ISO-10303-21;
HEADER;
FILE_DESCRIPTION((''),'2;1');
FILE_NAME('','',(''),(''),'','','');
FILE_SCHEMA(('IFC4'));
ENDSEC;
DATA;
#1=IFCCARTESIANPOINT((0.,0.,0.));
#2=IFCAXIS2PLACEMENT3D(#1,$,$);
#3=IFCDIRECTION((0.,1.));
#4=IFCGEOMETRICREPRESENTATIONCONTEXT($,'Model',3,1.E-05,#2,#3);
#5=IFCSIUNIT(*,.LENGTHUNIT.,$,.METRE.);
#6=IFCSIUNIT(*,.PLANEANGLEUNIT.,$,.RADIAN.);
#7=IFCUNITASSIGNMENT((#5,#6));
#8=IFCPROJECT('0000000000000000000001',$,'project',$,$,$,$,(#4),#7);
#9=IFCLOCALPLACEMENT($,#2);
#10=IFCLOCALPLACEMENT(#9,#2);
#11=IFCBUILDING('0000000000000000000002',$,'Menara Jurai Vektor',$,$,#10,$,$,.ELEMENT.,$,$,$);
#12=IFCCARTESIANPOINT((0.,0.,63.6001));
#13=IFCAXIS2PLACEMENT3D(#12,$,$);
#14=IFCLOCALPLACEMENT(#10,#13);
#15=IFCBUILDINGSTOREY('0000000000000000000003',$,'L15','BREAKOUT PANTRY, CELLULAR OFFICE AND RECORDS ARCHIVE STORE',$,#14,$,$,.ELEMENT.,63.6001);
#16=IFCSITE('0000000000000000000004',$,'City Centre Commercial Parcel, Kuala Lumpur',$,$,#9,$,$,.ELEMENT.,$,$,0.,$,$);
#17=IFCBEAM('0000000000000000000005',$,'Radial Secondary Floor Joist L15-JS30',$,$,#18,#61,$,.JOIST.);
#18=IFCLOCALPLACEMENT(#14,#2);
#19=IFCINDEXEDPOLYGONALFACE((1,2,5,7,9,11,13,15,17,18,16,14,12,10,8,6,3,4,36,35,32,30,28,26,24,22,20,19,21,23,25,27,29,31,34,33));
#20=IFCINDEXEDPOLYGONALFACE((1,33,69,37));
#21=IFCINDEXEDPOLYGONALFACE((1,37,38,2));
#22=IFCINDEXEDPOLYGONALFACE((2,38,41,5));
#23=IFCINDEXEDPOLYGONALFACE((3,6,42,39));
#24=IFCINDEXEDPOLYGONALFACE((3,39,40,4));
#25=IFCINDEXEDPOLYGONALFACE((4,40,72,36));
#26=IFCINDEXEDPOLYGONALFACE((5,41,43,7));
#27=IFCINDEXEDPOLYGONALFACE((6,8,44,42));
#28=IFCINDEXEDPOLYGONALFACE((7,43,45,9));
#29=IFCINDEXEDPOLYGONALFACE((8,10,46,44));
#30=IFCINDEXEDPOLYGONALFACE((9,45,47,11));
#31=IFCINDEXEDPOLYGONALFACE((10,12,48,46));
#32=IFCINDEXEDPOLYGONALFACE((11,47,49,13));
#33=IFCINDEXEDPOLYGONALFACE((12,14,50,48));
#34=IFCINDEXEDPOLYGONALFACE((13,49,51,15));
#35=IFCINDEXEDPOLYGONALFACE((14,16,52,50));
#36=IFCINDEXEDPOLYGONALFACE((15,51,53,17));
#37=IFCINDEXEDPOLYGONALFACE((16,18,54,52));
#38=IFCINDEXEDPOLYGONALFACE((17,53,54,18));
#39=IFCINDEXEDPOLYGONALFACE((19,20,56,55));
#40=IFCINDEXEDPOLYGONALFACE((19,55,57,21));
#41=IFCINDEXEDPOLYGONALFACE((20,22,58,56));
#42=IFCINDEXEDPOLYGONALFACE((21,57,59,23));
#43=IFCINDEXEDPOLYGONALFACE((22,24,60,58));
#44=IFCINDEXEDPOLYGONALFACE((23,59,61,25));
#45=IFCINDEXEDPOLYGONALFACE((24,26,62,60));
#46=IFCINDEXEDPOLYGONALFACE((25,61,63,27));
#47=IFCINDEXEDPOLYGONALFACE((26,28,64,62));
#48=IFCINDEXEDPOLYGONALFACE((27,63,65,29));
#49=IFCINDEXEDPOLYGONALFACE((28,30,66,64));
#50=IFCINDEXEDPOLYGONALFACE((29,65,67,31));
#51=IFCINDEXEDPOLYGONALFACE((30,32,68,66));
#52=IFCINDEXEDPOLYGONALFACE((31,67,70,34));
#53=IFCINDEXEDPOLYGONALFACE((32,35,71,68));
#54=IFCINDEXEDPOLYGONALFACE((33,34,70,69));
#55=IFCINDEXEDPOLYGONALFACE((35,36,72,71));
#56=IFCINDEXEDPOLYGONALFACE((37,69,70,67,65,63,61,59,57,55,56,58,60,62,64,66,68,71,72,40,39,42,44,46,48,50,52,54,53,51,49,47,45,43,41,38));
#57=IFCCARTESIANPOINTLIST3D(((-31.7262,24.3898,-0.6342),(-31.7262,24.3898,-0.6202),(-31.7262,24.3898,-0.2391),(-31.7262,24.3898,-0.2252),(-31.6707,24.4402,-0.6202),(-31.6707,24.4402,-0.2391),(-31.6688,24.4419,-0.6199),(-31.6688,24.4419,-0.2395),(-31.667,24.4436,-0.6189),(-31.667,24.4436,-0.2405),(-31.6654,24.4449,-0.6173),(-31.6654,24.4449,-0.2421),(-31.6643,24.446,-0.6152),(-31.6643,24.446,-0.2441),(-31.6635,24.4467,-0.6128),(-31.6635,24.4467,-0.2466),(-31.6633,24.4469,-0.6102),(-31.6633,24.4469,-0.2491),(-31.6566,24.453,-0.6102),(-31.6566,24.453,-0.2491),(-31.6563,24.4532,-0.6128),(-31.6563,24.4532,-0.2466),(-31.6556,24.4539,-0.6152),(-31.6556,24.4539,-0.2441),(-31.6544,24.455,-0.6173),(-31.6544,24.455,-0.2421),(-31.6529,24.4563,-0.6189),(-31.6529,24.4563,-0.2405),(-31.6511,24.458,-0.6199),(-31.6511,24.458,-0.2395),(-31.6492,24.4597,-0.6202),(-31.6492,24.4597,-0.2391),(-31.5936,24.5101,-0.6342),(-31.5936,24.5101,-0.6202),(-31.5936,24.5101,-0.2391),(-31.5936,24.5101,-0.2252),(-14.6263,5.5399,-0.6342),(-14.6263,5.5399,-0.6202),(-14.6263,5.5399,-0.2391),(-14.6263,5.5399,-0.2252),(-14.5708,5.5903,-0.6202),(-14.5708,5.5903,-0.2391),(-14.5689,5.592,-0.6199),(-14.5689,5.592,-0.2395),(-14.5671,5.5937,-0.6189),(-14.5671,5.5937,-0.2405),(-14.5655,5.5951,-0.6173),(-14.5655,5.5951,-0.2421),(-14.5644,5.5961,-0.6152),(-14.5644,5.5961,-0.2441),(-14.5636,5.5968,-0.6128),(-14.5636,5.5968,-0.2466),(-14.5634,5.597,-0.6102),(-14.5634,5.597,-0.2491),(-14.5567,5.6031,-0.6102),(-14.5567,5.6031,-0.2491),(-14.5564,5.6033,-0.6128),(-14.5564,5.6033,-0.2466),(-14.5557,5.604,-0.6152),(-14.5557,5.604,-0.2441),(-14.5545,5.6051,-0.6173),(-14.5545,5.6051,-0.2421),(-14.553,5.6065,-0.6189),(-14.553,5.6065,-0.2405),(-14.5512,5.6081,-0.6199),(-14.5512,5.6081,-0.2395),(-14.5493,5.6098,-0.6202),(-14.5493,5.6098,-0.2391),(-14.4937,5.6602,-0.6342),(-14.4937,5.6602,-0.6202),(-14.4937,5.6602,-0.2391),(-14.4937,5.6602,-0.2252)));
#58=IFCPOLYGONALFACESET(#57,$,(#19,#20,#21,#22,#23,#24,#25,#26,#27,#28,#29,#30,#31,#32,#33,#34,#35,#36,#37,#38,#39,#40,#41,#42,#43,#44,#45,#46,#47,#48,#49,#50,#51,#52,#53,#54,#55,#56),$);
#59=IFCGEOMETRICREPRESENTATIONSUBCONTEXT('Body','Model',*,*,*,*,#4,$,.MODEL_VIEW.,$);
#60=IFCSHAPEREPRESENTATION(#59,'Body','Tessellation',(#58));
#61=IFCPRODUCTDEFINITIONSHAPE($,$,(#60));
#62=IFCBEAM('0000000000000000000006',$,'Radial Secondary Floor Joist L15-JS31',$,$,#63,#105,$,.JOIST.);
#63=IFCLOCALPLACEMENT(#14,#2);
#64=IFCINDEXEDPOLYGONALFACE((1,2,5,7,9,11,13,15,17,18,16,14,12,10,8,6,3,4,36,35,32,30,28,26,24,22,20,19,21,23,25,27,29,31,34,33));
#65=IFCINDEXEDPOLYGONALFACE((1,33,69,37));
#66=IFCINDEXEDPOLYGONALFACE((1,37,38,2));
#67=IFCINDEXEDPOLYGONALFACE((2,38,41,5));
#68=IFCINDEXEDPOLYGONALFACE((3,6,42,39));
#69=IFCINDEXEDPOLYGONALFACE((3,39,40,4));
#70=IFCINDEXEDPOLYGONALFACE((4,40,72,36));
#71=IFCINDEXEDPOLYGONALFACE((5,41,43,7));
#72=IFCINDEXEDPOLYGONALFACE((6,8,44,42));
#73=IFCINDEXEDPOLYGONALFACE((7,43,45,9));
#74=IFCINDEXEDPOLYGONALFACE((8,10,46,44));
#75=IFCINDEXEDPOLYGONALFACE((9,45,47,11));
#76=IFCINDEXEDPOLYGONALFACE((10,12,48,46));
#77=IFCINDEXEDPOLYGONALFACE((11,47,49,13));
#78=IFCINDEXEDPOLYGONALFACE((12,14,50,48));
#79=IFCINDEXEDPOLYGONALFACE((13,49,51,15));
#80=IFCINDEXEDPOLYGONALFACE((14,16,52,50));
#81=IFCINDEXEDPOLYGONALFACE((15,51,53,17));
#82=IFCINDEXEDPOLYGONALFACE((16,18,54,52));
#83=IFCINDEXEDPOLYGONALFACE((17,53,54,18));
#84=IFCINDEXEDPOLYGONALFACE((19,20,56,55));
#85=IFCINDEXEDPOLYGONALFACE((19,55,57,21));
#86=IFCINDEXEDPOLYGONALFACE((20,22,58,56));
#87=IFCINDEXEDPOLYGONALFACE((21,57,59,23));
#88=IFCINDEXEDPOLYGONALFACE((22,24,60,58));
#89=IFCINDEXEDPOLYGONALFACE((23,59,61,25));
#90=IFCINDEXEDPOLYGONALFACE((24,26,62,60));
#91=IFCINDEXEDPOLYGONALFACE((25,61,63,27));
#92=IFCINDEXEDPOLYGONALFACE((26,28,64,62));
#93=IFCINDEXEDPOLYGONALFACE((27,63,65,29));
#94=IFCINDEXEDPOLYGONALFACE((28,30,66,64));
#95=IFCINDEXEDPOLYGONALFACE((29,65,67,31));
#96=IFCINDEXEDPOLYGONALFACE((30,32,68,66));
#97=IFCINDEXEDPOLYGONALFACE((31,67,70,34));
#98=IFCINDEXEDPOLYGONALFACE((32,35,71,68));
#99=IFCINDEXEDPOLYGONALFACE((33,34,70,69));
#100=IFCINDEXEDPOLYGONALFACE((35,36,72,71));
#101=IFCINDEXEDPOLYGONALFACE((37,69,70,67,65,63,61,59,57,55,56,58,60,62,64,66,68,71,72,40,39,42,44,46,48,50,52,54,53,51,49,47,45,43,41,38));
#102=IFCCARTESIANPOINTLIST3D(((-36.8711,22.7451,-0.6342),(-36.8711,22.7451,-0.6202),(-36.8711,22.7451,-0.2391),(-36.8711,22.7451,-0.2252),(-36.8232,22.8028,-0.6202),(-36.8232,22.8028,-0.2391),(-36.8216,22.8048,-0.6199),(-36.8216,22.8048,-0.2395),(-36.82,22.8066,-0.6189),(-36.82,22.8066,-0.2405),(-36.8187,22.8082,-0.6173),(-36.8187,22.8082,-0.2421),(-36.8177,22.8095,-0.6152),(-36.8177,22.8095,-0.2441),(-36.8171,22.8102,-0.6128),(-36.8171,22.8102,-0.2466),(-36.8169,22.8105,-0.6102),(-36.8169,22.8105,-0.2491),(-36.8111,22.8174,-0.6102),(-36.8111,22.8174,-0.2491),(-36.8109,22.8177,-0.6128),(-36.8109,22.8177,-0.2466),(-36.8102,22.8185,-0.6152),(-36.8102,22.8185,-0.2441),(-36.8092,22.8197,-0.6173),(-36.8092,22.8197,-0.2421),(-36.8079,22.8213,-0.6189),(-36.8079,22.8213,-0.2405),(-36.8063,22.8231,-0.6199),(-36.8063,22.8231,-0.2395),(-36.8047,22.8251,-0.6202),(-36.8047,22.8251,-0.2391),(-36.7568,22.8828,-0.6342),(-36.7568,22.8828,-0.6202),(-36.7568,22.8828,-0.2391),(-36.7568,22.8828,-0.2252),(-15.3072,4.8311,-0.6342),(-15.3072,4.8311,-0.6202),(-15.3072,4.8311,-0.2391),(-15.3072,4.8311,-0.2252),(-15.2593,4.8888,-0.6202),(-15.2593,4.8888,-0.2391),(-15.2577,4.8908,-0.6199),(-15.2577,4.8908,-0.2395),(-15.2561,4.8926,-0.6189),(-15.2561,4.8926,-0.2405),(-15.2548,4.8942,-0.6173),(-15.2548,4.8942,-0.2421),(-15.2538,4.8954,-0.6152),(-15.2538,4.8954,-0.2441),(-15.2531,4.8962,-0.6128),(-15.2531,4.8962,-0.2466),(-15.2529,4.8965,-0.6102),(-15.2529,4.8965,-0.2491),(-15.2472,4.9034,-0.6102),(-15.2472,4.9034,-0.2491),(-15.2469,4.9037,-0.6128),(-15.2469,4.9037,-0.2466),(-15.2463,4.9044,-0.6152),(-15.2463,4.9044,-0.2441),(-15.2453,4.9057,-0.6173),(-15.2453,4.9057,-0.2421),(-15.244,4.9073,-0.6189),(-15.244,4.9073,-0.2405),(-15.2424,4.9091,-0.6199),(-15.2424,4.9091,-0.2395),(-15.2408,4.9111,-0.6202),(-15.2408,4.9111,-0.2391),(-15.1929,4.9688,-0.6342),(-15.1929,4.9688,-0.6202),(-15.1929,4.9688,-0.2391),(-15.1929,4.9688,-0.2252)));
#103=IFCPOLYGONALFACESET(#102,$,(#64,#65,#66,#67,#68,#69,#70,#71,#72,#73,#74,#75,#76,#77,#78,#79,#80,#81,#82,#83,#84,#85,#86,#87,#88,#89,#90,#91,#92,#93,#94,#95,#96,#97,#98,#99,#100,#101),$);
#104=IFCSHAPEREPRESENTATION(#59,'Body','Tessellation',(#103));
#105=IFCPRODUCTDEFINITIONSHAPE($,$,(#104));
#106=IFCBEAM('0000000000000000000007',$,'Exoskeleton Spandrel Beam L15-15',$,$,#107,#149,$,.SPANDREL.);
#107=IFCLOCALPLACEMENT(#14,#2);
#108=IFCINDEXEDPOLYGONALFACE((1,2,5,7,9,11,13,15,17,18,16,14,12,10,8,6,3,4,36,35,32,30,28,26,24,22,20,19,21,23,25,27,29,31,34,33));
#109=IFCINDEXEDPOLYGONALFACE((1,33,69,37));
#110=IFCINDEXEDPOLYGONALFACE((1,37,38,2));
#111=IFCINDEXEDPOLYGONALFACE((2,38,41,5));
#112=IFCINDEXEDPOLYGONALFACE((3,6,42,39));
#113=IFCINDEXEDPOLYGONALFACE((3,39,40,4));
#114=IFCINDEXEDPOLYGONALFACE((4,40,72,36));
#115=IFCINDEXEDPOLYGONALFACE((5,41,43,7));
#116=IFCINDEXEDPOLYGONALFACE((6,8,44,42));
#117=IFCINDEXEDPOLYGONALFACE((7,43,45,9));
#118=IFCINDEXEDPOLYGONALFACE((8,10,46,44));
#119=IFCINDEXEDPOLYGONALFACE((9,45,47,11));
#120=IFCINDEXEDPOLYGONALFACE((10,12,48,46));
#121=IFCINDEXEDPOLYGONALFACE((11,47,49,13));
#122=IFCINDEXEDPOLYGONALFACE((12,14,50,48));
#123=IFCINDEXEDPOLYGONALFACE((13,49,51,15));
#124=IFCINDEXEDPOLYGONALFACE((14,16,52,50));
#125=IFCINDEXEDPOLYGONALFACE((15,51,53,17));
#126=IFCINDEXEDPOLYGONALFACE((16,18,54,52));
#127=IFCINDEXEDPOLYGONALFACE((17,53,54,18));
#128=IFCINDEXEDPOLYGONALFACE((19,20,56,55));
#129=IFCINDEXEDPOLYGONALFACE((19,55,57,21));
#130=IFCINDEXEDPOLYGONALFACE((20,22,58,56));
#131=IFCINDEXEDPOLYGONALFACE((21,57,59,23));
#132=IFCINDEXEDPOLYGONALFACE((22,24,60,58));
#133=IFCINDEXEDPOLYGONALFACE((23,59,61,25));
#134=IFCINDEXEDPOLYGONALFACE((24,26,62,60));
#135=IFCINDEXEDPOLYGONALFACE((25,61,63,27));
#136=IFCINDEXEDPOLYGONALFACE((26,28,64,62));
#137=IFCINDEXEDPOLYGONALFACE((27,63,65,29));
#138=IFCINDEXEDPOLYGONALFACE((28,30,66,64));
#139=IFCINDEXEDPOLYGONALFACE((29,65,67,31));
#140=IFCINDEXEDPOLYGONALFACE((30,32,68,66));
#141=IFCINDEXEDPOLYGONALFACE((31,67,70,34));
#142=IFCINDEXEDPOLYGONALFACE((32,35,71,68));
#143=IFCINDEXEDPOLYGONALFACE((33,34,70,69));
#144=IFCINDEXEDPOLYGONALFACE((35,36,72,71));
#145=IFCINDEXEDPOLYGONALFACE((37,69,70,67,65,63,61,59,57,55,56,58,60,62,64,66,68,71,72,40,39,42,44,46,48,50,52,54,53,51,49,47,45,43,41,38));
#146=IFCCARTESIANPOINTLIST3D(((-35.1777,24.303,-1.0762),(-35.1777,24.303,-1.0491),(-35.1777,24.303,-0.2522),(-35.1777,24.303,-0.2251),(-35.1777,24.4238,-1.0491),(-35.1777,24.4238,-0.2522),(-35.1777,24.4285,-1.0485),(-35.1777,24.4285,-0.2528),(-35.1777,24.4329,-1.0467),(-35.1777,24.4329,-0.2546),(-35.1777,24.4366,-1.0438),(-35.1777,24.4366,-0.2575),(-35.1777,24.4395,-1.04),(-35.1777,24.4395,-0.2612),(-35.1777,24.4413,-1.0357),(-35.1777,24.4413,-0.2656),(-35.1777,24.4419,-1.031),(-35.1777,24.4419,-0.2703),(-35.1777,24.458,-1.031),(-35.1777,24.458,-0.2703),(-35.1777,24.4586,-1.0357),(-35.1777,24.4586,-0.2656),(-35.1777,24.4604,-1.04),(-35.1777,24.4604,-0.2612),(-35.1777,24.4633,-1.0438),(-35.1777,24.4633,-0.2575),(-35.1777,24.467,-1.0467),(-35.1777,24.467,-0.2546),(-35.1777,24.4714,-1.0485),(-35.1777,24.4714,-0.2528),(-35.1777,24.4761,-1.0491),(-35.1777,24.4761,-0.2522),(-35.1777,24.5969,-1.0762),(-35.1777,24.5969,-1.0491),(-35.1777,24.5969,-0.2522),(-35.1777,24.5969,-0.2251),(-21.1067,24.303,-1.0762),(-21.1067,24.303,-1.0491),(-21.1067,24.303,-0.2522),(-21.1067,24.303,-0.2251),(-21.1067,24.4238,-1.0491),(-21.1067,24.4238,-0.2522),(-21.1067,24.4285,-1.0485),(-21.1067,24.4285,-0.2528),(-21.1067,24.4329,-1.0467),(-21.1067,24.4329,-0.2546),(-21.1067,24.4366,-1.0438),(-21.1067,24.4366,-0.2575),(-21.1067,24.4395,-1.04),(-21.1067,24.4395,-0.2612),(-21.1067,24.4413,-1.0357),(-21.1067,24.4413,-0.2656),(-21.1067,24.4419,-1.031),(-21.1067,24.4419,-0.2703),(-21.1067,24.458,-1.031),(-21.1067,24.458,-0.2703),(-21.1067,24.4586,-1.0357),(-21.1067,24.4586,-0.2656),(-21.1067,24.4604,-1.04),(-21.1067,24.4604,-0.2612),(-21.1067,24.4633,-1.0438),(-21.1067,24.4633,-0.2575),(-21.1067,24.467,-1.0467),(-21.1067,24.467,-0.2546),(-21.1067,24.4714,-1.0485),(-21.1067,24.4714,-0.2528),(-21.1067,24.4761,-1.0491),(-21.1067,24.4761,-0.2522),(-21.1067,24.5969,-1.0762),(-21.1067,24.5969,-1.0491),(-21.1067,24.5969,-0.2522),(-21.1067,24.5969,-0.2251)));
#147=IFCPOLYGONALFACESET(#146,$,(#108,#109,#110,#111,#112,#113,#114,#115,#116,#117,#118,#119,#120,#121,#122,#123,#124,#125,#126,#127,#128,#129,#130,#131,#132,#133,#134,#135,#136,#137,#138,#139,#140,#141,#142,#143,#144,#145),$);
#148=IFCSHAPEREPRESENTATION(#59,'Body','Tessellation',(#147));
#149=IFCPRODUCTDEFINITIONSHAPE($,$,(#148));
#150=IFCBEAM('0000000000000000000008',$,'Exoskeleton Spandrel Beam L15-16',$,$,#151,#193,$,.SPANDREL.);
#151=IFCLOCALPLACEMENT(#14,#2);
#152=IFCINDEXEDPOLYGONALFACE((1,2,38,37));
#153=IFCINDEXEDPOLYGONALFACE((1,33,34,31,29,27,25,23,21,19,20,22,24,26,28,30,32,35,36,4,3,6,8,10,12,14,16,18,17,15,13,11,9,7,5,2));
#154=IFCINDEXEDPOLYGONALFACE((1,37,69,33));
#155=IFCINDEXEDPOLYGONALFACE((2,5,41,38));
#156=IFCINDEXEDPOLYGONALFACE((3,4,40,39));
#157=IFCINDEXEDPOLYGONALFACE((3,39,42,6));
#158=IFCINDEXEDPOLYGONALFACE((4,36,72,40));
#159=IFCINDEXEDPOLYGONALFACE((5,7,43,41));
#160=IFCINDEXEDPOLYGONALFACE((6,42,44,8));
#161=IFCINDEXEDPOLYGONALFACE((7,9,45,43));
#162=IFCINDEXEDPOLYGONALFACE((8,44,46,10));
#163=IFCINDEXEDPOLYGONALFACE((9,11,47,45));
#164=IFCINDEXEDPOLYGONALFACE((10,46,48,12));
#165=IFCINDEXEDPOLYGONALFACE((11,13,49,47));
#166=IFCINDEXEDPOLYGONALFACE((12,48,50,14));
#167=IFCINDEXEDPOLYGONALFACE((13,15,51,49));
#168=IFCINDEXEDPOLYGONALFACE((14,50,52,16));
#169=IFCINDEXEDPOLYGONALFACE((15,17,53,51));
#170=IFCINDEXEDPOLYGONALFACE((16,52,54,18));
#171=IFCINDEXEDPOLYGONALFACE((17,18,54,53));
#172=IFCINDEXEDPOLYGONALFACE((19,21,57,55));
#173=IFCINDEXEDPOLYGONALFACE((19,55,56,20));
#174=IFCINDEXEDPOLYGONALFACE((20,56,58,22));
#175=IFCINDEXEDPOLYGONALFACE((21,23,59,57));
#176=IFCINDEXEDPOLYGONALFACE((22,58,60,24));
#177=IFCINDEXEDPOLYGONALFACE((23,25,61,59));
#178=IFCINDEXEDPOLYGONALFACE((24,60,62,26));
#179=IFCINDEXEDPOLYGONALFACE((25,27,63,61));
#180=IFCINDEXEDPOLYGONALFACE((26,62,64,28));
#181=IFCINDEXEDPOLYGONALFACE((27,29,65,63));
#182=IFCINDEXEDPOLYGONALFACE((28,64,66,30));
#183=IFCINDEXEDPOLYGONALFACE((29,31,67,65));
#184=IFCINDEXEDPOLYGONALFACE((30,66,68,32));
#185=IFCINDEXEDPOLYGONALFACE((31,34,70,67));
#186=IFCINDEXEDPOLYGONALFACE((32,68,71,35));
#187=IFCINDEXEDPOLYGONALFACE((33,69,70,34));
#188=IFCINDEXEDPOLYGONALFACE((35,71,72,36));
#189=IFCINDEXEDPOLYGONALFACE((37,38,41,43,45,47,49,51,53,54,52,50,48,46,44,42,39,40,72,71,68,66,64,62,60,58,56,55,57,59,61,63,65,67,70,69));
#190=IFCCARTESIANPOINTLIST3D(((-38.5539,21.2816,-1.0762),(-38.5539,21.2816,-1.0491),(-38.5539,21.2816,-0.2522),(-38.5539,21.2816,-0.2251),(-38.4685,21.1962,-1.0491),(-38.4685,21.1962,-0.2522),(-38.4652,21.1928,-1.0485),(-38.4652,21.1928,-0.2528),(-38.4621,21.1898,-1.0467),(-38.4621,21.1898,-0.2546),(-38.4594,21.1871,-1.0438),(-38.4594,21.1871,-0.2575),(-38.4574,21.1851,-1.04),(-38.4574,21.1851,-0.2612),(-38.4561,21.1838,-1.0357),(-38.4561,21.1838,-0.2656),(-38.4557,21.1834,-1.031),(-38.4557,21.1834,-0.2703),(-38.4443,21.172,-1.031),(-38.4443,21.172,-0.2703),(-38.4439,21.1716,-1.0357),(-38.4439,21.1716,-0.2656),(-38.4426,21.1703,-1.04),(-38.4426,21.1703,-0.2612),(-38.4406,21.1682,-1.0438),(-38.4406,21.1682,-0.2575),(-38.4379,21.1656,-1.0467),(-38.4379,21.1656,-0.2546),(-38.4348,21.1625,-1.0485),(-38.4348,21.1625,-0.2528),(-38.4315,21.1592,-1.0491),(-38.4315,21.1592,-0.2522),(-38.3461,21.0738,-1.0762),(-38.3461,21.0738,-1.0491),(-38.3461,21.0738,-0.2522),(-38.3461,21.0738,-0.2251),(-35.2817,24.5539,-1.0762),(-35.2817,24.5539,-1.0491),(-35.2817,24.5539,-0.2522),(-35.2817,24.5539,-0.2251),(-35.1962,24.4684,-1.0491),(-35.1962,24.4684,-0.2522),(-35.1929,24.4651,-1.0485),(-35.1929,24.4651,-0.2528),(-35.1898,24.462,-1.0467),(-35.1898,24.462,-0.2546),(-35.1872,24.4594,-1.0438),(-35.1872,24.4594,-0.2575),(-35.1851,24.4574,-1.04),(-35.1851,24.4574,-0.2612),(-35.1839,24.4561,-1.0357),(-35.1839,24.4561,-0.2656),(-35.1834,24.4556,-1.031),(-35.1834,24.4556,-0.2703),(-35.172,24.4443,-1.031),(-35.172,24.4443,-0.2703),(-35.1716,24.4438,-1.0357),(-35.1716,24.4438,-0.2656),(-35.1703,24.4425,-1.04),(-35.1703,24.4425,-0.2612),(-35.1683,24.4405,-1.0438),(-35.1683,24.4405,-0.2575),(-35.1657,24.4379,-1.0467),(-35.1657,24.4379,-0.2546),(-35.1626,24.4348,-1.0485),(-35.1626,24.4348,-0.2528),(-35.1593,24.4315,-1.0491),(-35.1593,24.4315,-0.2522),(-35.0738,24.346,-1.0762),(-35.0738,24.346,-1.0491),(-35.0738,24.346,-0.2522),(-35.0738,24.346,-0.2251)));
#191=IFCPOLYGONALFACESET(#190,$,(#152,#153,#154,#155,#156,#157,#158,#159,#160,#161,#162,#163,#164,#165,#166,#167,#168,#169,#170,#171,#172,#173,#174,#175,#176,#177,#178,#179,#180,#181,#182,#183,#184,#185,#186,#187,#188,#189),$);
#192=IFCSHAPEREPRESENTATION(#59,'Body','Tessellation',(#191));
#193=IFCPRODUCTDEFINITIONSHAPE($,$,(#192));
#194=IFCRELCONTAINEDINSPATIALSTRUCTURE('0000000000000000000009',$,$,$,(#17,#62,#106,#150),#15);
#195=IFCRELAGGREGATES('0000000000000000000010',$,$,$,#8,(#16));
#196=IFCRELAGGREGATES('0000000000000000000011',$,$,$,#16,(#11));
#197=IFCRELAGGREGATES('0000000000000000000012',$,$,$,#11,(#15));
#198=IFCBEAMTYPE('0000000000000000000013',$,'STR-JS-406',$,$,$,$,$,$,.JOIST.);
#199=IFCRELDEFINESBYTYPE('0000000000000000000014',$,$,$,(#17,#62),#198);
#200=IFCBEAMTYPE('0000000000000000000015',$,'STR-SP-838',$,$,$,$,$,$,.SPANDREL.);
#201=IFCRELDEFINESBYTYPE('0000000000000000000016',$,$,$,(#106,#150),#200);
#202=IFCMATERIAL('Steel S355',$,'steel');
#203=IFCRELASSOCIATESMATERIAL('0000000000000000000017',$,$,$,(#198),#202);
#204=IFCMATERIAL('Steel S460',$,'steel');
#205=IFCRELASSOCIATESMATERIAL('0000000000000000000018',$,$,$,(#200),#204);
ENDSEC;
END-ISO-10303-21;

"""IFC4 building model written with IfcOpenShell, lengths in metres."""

from ifc_helpers import new_model, si_unit, direction, frame, origin, origin_2d, place, context, subcontext, project, spatial, i_section, extrude, material, material_profile, profile_set, type_object, element, save


model = new_model("IFC4")

# Units and contexts
model_context = context("Model", 3, precision=1e-05, world=origin(), true_north=direction((0.0, 1.0)))
body_context = subcontext(model_context, "Body", "Model", "MODEL_VIEW")
ifc_project = project(units=[si_unit("LENGTHUNIT", "METRE"), si_unit("PLANEANGLEUNIT", "RADIAN")], contexts=[model_context])

# Site, building, storey
site_placement = place(None, origin())
site = spatial("IfcSite", under=ifc_project, at=site_placement, Name="City Centre Commercial Parcel, Kuala Lumpur", CompositionType="ELEMENT", RefElevation=0.0)
building_placement = place(site_placement, origin())
building = spatial("IfcBuilding", under=site, at=building_placement, Name="Menara Jurai Vektor", CompositionType="ELEMENT")
storey_placement = place(building_placement, frame((0.0, 0.0, 63.6001)))
storey = spatial("IfcBuildingStorey", under=building, at=storey_placement, Name="L15", Description="BREAKOUT PANTRY, CELLULAR OFFICE AND RECORDS ARCHIVE STORE", CompositionType="ELEMENT", Elevation=63.6001)

# Shared definitions
ifc_material_1 = material(Name="Steel S460", Category="steel")

# Shared definitions
ifc_material_2 = material(Name="Steel S355", Category="steel")

# Beams
ifc_material_profile_1 = material_profile(ifc_material_2, i_section(OverallWidth=0.179, OverallDepth=0.4089, WebThickness=0.009, FlangeThickness=0.0139, FilletRadius=0.01, at=origin_2d()), Name="UKB 406x178x67")
ifc_profile_set_1 = profile_set([ifc_material_profile_1], Name="Steel S355")
beam_type_1 = type_object("IfcBeamType", Name="STR-JS-406", PredefinedType="JOIST", material=ifc_profile_set_1)
beam_1_placement = place(storey_placement, frame((-31.6599, 24.45, -0.4297), z_axis=(0.67189, -0.740651, 0.0), x_axis=(0.740651, 0.67189, 0.0)))
element("IfcBeam", 1, at=beam_1_placement, inside=storey, type_object=beam_type_1, Name="Radial Secondary Floor Joist L15-JS30", PredefinedType="JOIST", context=body_context, shape_type="SweptSolid", body=[
    extrude(i_section(OverallWidth=0.179, OverallDepth=0.4089, WebThickness=0.009, FlangeThickness=0.0139, FilletRadius=0.01, at=origin_2d()), origin(), (0.0, 0.0, 1.0), 25.4504),
])
beam_2_placement = place(storey_placement, frame((-36.814, 22.814, -0.4297), z_axis=(0.769201, -0.639007, 0.0), x_axis=(0.639007, 0.769201, 0.0)))
element("IfcBeam", 2, at=beam_2_placement, inside=storey, type_object=beam_type_1, Name="Radial Secondary Floor Joist L15-JS31", PredefinedType="JOIST", context=body_context, shape_type="SweptSolid", body=[
    extrude(i_section(OverallWidth=0.179, OverallDepth=0.4089, WebThickness=0.009, FlangeThickness=0.0139, FilletRadius=0.01, at=origin_2d()), origin(), (0.0, 0.0, 1.0), 28.0342),
])
ifc_material_profile_2 = material_profile(ifc_material_1, i_section(OverallWidth=0.2939, OverallDepth=0.8511, WebThickness=0.0161, FlangeThickness=0.0271, FilletRadius=0.0181, at=origin_2d()), Name="UKB 838x292x226")
ifc_profile_set_2 = profile_set([ifc_material_profile_2], Name="Steel S460")
beam_type_2 = type_object("IfcBeamType", Name="STR-SP-838", PredefinedType="SPANDREL", material=ifc_profile_set_2)
beam_3_placement = place(storey_placement, frame((-21.1067, 24.45, -0.6506), z_axis=(-1.0, 0.0, 0.0), x_axis=(0.0, -1.0, 0.0)))
element("IfcBeam", 3, at=beam_3_placement, inside=storey, type_object=beam_type_2, Name="Exoskeleton Spandrel Beam L15-15", PredefinedType="SPANDREL", context=body_context, shape_type="SweptSolid", body=[
    extrude(i_section(OverallWidth=0.2939, OverallDepth=0.8511, WebThickness=0.0161, FlangeThickness=0.0271, FilletRadius=0.0181, at=origin_2d()), origin(), (0.0, 0.0, 1.0), 14.071),
])
beam_4_placement = place(storey_placement, frame((-35.1777, 24.45, -0.6506), z_axis=(-0.707107, -0.707107, 0.0), x_axis=(0.707107, -0.707107, 0.0)))
element("IfcBeam", 4, at=beam_4_placement, inside=storey, type_object=beam_type_2, Name="Exoskeleton Spandrel Beam L15-16", PredefinedType="SPANDREL", context=body_context, shape_type="SweptSolid", body=[
    extrude(i_section(OverallWidth=0.2939, OverallDepth=0.8511, WebThickness=0.0161, FlangeThickness=0.0271, FilletRadius=0.0181, at=origin_2d()), origin(), (0.0, 0.0, 1.0), 4.6277),
])

save(model, "model.ifc")
